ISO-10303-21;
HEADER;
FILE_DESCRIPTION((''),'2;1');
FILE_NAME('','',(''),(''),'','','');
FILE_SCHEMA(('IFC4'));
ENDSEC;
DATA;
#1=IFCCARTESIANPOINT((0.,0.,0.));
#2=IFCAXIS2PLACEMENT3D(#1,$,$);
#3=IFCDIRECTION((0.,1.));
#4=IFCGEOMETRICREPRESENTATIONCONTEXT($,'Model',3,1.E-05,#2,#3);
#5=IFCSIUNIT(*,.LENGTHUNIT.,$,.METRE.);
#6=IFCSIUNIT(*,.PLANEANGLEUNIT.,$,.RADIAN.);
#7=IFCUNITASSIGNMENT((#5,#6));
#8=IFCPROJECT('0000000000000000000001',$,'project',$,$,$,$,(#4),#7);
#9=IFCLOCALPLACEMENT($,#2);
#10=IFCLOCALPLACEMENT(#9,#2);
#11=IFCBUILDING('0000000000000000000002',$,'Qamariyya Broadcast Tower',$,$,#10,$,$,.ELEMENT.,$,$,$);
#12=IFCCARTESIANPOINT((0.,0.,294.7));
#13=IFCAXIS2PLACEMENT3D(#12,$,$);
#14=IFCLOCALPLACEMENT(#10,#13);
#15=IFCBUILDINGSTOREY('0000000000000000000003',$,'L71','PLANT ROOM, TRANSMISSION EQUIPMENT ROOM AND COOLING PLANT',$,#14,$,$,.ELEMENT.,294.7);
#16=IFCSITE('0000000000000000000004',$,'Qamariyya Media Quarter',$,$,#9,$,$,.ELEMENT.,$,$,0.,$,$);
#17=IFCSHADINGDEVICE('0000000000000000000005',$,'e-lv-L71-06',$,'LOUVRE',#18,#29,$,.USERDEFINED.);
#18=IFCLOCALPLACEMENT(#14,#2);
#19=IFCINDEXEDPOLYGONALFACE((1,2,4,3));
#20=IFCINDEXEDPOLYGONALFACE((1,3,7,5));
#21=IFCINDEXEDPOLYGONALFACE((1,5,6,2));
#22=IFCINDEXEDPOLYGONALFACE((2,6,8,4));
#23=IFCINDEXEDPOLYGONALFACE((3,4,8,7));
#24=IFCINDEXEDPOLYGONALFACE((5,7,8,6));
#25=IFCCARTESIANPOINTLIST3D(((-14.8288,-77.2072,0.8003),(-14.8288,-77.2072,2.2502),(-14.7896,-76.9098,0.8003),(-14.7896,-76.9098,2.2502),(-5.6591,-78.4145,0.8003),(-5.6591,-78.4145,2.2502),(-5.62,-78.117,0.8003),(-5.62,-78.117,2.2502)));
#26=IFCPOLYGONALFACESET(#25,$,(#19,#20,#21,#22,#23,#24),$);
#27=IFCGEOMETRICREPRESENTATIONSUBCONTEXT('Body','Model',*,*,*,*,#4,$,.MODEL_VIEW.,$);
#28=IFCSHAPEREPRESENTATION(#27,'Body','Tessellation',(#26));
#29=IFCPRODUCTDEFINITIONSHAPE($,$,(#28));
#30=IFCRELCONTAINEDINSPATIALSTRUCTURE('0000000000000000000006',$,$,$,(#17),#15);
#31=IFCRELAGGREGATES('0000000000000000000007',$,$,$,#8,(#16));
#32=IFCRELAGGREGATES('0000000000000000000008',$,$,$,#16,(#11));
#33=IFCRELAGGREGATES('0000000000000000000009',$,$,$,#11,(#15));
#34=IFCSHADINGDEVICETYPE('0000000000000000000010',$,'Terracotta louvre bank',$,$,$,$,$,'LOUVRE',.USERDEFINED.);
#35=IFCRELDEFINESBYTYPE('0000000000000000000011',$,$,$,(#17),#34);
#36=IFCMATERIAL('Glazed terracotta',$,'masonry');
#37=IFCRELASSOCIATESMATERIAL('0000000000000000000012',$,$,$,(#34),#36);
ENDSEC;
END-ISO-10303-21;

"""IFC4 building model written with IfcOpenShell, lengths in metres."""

from ifc_helpers import new_model, si_unit, direction, frame, origin, origin_2d, place, context, subcontext, project, spatial, rectangle, extrude, material, type_object, element, save


model = new_model("IFC4")

# Units and contexts
model_context = context("Model", 3, precision=1e-05, world=origin(), true_north=direction((0.0, 1.0)))
body_context = subcontext(model_context, "Body", "Model", "MODEL_VIEW")
ifc_project = project(units=[si_unit("LENGTHUNIT", "METRE"), si_unit("PLANEANGLEUNIT", "RADIAN")], contexts=[model_context])

# Site, building, storey
site_placement = place(None, origin())
site = spatial("IfcSite", under=ifc_project, at=site_placement, Name="Qamariyya Media Quarter", CompositionType="ELEMENT", RefElevation=0.0)
building_placement = place(site_placement, origin())
building = spatial("IfcBuilding", under=site, at=building_placement, Name="Qamariyya Broadcast Tower", CompositionType="ELEMENT")
storey_placement = place(building_placement, frame((0.0, 0.0, 294.7)))
storey = spatial("IfcBuildingStorey", under=building, at=storey_placement, Name="L71", Description="PLANT ROOM, TRANSMISSION EQUIPMENT ROOM AND COOLING PLANT", CompositionType="ELEMENT", Elevation=294.7)

# Shading device
ifc_material_1 = material(Name="Glazed terracotta", Category="masonry")
shading_device_type = type_object("IfcShadingDeviceType", Name="Terracotta louvre bank", ElementType="LOUVRE", PredefinedType="USERDEFINED", material=ifc_material_1)
shading_device_placement = place(storey_placement, frame((-10.2244, -77.6621, 0.8003), z_axis=(0.0, 0.0, 1.0), x_axis=(0.991445, -0.130526, 0.0)))
element("IfcShadingDevice", 1, at=shading_device_placement, inside=storey, type_object=shading_device_type, Name="e-lv-L71-06", ObjectType="LOUVRE", PredefinedType="USERDEFINED", context=body_context, shape_type="SweptSolid", body=[
    extrude(rectangle(XDim=9.2488, YDim=0.3, at=origin_2d()), origin(), (0.0, 0.0, 1.0), 1.45),
])

save(model, "model.ifc")
